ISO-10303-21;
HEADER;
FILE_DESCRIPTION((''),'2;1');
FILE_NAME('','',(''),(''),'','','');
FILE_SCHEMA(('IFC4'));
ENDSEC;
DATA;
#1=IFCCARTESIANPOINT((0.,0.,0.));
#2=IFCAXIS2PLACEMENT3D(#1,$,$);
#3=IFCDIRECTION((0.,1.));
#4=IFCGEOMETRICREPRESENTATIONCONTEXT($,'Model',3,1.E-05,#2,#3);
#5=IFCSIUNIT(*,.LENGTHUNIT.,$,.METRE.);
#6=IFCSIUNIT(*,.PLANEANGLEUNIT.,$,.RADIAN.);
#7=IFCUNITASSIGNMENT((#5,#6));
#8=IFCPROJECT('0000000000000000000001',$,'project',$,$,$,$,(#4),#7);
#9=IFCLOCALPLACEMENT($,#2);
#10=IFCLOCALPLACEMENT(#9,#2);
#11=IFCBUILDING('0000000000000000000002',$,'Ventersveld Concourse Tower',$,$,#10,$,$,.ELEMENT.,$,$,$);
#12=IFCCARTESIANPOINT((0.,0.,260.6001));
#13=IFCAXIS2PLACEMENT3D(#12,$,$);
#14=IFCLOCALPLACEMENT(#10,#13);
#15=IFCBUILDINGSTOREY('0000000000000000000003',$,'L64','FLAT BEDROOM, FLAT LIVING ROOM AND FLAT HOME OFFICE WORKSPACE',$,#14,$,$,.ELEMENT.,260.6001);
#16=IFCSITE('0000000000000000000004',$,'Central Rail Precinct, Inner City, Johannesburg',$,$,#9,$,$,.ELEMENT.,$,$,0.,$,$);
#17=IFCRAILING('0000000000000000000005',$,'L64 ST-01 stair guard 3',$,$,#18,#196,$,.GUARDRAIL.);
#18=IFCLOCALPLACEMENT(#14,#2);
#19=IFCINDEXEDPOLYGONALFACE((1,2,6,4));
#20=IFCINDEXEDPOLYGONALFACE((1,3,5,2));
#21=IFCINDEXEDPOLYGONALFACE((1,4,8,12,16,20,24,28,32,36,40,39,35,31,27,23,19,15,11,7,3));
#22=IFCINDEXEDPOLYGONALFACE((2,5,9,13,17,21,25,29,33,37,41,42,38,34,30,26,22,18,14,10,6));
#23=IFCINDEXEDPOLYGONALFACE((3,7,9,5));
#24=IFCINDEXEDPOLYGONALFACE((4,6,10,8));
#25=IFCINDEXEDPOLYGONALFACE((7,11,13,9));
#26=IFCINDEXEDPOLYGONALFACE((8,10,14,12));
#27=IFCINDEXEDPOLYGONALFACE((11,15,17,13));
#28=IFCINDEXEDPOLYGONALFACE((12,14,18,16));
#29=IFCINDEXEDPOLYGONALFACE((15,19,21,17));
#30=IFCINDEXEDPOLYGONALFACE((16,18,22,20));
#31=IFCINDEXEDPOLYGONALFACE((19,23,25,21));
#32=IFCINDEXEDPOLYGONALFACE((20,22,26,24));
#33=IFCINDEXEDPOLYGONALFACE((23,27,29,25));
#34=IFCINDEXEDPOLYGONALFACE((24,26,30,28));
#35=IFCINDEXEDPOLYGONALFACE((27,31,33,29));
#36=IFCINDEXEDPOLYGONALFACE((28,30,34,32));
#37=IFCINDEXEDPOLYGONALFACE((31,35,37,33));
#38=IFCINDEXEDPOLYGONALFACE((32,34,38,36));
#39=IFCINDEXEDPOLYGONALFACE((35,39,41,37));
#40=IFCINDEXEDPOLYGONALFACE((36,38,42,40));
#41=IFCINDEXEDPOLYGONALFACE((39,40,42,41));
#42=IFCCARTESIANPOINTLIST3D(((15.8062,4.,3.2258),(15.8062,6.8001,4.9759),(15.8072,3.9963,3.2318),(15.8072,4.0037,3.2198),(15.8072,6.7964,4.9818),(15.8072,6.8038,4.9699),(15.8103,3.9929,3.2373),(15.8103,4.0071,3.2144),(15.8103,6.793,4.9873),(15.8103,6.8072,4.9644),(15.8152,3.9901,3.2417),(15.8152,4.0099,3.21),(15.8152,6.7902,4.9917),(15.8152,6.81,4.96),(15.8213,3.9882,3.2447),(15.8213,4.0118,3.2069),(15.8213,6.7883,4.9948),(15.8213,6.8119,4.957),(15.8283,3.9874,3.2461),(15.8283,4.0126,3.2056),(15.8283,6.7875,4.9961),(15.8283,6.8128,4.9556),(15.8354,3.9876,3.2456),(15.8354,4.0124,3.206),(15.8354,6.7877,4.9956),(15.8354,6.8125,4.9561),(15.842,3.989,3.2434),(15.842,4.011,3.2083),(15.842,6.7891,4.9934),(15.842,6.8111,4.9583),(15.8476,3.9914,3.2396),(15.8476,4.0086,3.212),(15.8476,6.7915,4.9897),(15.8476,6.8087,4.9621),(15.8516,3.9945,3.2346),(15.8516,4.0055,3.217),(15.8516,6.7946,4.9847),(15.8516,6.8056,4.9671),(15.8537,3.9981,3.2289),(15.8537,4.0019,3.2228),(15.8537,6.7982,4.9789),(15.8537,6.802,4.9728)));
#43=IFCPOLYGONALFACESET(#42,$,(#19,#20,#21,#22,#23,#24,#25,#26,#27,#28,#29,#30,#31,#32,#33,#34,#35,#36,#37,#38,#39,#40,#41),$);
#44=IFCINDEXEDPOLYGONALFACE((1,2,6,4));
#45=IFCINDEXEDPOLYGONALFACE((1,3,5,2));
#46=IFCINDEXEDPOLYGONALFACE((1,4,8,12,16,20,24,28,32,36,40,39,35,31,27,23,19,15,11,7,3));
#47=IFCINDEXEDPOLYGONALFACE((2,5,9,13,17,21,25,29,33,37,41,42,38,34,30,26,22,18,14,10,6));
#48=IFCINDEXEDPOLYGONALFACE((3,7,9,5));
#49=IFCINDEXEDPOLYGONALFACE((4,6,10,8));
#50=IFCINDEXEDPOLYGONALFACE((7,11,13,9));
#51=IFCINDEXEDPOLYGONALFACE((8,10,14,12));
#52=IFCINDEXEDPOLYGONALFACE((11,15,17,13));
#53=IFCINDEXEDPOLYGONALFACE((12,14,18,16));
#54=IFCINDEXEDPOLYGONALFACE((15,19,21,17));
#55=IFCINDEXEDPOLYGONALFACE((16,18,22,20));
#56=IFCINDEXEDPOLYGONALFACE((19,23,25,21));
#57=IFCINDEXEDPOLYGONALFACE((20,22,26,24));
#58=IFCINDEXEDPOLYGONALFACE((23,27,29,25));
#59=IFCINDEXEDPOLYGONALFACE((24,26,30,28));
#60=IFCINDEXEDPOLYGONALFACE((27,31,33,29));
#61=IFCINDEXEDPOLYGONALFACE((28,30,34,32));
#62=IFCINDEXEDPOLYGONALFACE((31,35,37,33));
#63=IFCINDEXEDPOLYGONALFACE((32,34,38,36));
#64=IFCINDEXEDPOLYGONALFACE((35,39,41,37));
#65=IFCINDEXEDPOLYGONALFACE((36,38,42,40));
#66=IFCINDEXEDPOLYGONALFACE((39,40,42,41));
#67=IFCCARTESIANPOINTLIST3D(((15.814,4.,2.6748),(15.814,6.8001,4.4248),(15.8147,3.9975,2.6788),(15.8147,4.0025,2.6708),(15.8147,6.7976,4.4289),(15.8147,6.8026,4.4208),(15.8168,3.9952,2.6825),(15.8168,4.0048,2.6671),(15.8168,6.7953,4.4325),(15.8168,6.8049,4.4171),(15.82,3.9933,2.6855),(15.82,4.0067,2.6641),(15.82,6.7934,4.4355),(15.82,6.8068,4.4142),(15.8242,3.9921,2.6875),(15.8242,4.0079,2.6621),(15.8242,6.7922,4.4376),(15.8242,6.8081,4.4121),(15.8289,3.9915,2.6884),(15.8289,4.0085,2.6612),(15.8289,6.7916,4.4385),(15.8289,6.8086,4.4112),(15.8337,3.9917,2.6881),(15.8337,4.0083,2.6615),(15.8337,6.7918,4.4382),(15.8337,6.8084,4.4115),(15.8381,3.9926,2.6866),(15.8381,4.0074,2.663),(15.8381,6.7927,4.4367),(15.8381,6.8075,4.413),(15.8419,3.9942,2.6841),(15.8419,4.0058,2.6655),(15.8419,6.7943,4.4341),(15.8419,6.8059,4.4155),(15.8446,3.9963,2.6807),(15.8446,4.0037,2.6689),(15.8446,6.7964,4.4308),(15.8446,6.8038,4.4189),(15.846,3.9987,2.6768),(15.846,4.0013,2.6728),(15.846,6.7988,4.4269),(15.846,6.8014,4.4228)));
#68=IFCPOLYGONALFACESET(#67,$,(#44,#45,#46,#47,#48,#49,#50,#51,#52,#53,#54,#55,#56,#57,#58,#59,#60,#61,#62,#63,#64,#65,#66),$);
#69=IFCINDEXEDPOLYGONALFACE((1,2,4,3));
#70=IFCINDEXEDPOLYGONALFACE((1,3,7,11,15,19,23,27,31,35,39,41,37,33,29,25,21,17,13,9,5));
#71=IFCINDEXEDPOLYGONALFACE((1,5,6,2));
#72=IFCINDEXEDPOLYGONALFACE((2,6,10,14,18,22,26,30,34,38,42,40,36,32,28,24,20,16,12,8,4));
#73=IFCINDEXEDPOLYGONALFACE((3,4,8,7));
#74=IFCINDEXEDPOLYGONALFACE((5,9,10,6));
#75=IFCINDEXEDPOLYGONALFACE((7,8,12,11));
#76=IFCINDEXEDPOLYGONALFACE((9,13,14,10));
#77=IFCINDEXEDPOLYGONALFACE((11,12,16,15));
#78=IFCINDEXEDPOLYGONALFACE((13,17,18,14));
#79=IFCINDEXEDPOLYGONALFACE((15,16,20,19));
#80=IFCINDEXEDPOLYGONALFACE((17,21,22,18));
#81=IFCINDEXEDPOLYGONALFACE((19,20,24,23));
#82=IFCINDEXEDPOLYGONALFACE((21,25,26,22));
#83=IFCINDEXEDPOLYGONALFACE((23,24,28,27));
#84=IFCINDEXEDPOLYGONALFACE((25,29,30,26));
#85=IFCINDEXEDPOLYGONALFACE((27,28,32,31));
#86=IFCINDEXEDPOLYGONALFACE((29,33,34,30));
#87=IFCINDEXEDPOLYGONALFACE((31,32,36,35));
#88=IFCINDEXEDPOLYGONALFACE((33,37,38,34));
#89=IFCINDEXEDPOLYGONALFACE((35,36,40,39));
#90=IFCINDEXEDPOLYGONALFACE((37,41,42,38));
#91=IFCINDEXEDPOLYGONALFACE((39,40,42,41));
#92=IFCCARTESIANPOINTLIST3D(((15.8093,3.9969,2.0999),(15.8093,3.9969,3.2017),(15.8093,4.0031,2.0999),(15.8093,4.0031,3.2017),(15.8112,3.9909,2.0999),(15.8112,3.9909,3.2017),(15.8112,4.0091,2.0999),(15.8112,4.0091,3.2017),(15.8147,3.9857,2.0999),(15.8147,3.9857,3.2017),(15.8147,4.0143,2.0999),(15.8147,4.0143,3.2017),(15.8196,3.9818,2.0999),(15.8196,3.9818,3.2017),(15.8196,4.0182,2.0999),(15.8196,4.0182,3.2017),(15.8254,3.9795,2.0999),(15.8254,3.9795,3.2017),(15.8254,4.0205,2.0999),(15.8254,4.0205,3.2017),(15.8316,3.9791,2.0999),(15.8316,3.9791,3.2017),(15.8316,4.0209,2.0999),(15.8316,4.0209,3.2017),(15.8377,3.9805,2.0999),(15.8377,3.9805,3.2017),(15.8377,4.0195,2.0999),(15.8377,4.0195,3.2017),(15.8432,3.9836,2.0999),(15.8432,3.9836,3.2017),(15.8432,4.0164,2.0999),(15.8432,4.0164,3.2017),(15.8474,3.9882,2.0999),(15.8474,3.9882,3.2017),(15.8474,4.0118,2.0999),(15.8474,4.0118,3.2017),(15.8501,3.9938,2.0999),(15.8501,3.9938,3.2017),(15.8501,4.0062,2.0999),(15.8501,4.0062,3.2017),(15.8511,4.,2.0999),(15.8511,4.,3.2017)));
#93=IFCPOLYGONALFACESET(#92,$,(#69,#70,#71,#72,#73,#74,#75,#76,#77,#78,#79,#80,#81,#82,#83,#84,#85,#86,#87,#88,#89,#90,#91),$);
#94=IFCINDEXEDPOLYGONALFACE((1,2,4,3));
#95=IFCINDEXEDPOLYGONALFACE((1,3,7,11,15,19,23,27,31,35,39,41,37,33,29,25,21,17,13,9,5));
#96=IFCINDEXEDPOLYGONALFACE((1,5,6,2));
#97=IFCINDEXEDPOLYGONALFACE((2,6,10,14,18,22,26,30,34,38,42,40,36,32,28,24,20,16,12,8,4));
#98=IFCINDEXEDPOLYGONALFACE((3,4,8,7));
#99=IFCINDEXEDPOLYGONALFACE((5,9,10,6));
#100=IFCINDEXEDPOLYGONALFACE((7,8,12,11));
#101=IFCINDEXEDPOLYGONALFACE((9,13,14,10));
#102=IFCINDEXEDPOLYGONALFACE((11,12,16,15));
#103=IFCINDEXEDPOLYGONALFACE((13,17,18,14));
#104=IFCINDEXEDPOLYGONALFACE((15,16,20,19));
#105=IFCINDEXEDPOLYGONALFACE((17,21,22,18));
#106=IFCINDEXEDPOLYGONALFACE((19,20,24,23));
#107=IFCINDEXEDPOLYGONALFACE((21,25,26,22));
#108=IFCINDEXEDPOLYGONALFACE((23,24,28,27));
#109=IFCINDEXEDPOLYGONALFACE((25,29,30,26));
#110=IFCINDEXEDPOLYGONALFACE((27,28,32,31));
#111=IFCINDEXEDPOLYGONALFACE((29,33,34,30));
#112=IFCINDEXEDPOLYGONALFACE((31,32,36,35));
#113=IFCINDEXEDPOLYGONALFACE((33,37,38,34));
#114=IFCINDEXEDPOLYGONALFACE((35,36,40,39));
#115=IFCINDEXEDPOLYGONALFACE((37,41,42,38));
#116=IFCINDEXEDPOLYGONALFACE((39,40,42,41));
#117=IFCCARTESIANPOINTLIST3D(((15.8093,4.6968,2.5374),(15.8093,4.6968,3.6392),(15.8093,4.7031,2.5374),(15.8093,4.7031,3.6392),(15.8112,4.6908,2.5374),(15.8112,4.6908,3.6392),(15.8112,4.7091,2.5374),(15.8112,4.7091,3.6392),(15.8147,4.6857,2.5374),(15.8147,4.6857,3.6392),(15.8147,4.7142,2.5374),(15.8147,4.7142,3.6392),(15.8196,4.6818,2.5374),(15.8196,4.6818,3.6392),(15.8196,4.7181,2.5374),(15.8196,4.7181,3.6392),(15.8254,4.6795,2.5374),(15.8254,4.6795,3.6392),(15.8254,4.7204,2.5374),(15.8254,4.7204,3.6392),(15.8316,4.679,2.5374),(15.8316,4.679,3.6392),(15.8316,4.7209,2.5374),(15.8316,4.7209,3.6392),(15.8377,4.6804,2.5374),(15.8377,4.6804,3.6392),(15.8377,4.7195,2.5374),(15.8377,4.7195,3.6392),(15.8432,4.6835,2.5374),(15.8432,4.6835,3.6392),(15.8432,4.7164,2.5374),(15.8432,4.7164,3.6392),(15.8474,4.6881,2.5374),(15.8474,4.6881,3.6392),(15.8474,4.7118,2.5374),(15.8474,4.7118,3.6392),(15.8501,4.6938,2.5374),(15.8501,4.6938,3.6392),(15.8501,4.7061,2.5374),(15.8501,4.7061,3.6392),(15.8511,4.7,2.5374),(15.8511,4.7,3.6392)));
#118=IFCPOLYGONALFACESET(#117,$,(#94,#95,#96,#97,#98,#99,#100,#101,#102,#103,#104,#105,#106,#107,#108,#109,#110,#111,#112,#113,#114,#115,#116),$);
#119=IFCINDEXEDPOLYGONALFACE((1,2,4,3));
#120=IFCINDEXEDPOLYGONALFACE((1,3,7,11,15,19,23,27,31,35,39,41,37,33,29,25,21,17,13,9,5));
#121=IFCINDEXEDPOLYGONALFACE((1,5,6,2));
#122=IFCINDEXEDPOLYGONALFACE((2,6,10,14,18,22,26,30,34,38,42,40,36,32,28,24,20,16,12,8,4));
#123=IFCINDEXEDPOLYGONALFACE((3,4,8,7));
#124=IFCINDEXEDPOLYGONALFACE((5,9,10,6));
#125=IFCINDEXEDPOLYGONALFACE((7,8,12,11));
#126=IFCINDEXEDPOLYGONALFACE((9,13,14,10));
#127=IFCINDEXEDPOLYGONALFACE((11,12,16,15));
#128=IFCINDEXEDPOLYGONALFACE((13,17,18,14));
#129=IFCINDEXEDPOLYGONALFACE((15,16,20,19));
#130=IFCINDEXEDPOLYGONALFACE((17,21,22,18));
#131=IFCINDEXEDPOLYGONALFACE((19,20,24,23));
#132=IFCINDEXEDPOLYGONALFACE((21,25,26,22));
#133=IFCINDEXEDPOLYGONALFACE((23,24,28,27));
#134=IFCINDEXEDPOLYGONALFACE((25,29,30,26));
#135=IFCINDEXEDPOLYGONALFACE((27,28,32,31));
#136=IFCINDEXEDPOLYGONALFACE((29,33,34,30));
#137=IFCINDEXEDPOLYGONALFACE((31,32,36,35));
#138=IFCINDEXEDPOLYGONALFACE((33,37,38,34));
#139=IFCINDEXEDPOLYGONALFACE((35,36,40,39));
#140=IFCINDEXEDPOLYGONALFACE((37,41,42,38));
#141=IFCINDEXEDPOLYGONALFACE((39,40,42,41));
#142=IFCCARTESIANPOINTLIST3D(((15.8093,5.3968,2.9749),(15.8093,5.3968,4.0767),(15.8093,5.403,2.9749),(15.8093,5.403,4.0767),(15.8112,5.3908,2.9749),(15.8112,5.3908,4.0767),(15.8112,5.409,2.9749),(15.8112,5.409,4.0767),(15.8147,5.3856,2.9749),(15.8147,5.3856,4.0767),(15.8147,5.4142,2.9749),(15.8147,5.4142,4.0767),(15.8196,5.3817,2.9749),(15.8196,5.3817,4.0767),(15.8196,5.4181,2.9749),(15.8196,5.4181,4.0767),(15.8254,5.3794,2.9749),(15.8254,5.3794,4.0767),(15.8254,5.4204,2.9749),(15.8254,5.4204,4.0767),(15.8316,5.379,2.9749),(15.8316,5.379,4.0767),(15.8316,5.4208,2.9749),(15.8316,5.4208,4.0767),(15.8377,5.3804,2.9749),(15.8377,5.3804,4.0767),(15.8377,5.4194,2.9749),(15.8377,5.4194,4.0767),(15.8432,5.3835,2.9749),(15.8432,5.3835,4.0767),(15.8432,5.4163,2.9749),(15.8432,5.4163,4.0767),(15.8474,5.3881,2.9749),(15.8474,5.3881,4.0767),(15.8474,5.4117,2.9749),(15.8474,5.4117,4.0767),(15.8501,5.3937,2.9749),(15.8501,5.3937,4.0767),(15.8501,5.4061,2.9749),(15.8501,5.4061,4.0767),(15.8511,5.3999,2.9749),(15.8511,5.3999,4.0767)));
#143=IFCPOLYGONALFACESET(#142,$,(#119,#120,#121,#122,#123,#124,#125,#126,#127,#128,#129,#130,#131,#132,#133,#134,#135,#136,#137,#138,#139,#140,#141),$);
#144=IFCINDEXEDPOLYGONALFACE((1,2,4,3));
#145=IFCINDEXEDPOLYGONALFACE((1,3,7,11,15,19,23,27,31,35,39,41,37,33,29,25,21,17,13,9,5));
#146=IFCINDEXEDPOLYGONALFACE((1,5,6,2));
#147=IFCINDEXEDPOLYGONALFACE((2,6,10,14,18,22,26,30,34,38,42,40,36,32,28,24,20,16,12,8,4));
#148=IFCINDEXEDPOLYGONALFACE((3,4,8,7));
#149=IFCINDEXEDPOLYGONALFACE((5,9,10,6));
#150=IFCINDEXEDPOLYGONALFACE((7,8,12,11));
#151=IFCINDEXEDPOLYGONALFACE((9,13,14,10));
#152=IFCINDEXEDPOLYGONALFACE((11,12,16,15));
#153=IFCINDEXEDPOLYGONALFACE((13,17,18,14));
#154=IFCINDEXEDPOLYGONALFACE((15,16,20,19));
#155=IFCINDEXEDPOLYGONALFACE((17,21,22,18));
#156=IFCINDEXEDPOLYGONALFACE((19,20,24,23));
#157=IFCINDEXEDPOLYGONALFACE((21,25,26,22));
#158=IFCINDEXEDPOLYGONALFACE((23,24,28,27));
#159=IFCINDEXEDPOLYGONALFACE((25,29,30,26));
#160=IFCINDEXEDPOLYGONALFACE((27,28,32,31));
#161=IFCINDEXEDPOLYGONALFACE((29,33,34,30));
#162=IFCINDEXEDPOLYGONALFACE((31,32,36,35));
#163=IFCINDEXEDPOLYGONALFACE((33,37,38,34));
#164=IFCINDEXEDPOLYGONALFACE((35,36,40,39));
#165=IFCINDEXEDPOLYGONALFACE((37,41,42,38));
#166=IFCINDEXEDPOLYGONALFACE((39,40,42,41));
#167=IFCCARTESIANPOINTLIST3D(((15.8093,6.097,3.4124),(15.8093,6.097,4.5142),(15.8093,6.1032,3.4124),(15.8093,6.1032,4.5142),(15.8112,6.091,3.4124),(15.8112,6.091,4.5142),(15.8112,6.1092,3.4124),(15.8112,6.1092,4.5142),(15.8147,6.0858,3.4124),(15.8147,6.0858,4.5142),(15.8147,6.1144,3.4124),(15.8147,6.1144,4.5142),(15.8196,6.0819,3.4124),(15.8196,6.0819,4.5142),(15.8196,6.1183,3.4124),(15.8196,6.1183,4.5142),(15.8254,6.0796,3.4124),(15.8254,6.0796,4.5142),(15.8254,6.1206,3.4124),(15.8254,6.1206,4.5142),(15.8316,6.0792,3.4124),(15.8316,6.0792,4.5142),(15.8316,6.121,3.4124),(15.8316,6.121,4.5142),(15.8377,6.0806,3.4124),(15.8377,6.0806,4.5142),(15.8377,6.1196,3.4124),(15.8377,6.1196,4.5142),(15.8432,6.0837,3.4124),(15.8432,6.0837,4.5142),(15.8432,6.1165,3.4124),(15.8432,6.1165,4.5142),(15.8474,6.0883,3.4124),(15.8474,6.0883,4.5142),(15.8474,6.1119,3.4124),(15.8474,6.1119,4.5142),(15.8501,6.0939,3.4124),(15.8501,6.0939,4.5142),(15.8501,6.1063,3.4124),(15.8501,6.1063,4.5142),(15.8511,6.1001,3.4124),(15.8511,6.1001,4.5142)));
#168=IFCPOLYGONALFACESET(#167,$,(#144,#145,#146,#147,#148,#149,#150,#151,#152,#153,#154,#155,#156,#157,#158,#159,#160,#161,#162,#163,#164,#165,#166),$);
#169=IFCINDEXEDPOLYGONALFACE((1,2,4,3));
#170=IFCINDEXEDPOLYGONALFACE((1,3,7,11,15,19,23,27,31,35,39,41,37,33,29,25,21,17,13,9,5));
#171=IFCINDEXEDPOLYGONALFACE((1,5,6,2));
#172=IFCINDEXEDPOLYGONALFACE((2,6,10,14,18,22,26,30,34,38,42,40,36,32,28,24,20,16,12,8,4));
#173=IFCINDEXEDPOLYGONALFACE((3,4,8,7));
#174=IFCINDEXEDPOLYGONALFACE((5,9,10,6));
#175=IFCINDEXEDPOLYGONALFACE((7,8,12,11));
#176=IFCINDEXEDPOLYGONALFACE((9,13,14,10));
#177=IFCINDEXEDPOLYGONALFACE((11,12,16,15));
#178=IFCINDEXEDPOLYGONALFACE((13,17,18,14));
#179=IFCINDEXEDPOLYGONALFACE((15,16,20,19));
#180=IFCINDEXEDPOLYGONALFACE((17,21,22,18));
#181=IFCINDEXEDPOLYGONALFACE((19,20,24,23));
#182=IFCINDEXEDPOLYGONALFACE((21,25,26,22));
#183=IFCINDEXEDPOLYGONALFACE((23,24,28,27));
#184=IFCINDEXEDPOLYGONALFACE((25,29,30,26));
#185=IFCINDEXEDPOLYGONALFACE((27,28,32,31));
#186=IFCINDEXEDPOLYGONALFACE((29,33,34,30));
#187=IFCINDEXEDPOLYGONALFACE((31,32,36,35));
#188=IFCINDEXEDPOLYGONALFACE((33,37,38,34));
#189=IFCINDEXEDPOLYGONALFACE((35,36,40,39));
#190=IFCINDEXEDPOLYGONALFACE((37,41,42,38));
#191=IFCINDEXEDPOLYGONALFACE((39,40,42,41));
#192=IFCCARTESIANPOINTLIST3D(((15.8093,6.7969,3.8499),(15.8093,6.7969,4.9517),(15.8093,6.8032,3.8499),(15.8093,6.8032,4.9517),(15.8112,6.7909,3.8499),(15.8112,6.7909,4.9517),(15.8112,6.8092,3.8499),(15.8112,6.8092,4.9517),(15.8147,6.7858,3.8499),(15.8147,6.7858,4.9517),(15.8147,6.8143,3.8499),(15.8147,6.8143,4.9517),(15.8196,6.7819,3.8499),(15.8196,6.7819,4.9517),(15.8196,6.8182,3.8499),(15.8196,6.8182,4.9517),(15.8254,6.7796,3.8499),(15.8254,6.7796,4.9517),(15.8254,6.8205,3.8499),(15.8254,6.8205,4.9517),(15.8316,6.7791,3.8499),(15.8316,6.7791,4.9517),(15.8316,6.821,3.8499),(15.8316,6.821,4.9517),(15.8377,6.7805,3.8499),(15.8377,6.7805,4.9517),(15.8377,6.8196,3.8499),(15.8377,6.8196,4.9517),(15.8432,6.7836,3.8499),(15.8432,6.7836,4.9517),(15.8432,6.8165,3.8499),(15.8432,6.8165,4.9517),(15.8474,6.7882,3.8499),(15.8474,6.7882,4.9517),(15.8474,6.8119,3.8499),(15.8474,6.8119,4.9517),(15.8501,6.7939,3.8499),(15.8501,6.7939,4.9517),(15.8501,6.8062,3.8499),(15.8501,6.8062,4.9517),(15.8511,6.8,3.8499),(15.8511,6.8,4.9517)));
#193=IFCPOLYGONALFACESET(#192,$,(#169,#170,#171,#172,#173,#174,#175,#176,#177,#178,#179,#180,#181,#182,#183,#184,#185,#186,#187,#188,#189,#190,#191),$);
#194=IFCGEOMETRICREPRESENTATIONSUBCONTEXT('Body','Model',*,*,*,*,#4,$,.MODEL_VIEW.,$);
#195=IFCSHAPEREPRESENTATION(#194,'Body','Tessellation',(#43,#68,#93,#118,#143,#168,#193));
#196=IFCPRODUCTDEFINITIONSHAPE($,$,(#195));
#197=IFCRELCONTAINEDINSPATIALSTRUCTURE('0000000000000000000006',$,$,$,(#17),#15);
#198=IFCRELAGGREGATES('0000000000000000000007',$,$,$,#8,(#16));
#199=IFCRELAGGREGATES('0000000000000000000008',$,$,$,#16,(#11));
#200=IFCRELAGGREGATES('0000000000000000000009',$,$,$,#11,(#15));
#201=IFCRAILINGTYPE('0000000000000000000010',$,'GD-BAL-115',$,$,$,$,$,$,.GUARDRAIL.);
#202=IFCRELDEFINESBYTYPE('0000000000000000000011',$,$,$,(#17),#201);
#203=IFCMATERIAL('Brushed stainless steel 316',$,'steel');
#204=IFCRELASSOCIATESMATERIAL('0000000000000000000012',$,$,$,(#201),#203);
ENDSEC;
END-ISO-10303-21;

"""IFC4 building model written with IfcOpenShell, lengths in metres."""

from ifc_helpers import new_model, si_unit, direction, frame, origin, origin_2d, place, context, subcontext, project, spatial, circle, extrude, material, type_object, element, save


model = new_model("IFC4")

# Units and contexts
model_context = context("Model", 3, precision=1e-05, world=origin(), true_north=direction((0.0, 1.0)))
body_context = subcontext(model_context, "Body", "Model", "MODEL_VIEW")
ifc_project = project(units=[si_unit("LENGTHUNIT", "METRE"), si_unit("PLANEANGLEUNIT", "RADIAN")], contexts=[model_context])

# Site, building, storey
site_placement = place(None, origin())
site = spatial("IfcSite", under=ifc_project, at=site_placement, Name="Central Rail Precinct, Inner City, Johannesburg", CompositionType="ELEMENT", RefElevation=0.0)
building_placement = place(site_placement, origin())
building = spatial("IfcBuilding", under=site, at=building_placement, Name="Ventersveld Concourse Tower", CompositionType="ELEMENT")
storey_placement = place(building_placement, frame((0.0, 0.0, 260.6001)))
storey = spatial("IfcBuildingStorey", under=building, at=storey_placement, Name="L64", Description="FLAT BEDROOM, FLAT LIVING ROOM AND FLAT HOME OFFICE WORKSPACE", CompositionType="ELEMENT", Elevation=260.6001)

# Railing
ifc_material_1 = material(Name="Brushed stainless steel 316", Category="steel")
railing_type_1 = type_object("IfcRailingType", Name="GD-BAL-115", PredefinedType="GUARDRAIL", material=ifc_material_1)
railing_1_placement = place(storey_placement, frame((15.8301, 4.0, 2.0999)))
element("IfcRailing", 1, at=railing_1_placement, inside=storey, type_object=railing_type_1, Name="L64 ST-01 stair guard 3", PredefinedType="GUARDRAIL", context=body_context, shape_type="SweptSolid", body=[
    extrude(circle(Radius=0.0239, at=origin_2d()), frame((0.0, 0.0, 1.126), z_axis=(0.0, 0.848002, 0.529992), x_axis=(-1.0, 0.0, 0.0)), (0.0, 0.0, 1.0), 3.302),
    extrude(circle(Radius=0.0161, at=origin_2d()), frame((0.0, 0.0, 0.575), z_axis=(0.0, 0.848002, 0.529992), x_axis=(-1.0, 0.0, 0.0)), (0.0, 0.0, 1.0), 3.302),
    extrude(circle(Radius=0.021, at=origin_2d()), origin(), (0.0, 0.0, 1.0), 1.1018),
    extrude(circle(Radius=0.021, at=origin_2d()), frame((0.0, 0.7, 0.4375)), (0.0, 0.0, 1.0), 1.1018),
    extrude(circle(Radius=0.021, at=origin_2d()), frame((0.0, 1.3999, 0.875)), (0.0, 0.0, 1.0), 1.1018),
    extrude(circle(Radius=0.021, at=origin_2d()), frame((0.0, 2.1001, 1.3125)), (0.0, 0.0, 1.0), 1.1018),
    extrude(circle(Radius=0.021, at=origin_2d()), frame((0.0, 2.8, 1.75)), (0.0, 0.0, 1.0), 1.1018),
])

save(model, "model.ifc")
